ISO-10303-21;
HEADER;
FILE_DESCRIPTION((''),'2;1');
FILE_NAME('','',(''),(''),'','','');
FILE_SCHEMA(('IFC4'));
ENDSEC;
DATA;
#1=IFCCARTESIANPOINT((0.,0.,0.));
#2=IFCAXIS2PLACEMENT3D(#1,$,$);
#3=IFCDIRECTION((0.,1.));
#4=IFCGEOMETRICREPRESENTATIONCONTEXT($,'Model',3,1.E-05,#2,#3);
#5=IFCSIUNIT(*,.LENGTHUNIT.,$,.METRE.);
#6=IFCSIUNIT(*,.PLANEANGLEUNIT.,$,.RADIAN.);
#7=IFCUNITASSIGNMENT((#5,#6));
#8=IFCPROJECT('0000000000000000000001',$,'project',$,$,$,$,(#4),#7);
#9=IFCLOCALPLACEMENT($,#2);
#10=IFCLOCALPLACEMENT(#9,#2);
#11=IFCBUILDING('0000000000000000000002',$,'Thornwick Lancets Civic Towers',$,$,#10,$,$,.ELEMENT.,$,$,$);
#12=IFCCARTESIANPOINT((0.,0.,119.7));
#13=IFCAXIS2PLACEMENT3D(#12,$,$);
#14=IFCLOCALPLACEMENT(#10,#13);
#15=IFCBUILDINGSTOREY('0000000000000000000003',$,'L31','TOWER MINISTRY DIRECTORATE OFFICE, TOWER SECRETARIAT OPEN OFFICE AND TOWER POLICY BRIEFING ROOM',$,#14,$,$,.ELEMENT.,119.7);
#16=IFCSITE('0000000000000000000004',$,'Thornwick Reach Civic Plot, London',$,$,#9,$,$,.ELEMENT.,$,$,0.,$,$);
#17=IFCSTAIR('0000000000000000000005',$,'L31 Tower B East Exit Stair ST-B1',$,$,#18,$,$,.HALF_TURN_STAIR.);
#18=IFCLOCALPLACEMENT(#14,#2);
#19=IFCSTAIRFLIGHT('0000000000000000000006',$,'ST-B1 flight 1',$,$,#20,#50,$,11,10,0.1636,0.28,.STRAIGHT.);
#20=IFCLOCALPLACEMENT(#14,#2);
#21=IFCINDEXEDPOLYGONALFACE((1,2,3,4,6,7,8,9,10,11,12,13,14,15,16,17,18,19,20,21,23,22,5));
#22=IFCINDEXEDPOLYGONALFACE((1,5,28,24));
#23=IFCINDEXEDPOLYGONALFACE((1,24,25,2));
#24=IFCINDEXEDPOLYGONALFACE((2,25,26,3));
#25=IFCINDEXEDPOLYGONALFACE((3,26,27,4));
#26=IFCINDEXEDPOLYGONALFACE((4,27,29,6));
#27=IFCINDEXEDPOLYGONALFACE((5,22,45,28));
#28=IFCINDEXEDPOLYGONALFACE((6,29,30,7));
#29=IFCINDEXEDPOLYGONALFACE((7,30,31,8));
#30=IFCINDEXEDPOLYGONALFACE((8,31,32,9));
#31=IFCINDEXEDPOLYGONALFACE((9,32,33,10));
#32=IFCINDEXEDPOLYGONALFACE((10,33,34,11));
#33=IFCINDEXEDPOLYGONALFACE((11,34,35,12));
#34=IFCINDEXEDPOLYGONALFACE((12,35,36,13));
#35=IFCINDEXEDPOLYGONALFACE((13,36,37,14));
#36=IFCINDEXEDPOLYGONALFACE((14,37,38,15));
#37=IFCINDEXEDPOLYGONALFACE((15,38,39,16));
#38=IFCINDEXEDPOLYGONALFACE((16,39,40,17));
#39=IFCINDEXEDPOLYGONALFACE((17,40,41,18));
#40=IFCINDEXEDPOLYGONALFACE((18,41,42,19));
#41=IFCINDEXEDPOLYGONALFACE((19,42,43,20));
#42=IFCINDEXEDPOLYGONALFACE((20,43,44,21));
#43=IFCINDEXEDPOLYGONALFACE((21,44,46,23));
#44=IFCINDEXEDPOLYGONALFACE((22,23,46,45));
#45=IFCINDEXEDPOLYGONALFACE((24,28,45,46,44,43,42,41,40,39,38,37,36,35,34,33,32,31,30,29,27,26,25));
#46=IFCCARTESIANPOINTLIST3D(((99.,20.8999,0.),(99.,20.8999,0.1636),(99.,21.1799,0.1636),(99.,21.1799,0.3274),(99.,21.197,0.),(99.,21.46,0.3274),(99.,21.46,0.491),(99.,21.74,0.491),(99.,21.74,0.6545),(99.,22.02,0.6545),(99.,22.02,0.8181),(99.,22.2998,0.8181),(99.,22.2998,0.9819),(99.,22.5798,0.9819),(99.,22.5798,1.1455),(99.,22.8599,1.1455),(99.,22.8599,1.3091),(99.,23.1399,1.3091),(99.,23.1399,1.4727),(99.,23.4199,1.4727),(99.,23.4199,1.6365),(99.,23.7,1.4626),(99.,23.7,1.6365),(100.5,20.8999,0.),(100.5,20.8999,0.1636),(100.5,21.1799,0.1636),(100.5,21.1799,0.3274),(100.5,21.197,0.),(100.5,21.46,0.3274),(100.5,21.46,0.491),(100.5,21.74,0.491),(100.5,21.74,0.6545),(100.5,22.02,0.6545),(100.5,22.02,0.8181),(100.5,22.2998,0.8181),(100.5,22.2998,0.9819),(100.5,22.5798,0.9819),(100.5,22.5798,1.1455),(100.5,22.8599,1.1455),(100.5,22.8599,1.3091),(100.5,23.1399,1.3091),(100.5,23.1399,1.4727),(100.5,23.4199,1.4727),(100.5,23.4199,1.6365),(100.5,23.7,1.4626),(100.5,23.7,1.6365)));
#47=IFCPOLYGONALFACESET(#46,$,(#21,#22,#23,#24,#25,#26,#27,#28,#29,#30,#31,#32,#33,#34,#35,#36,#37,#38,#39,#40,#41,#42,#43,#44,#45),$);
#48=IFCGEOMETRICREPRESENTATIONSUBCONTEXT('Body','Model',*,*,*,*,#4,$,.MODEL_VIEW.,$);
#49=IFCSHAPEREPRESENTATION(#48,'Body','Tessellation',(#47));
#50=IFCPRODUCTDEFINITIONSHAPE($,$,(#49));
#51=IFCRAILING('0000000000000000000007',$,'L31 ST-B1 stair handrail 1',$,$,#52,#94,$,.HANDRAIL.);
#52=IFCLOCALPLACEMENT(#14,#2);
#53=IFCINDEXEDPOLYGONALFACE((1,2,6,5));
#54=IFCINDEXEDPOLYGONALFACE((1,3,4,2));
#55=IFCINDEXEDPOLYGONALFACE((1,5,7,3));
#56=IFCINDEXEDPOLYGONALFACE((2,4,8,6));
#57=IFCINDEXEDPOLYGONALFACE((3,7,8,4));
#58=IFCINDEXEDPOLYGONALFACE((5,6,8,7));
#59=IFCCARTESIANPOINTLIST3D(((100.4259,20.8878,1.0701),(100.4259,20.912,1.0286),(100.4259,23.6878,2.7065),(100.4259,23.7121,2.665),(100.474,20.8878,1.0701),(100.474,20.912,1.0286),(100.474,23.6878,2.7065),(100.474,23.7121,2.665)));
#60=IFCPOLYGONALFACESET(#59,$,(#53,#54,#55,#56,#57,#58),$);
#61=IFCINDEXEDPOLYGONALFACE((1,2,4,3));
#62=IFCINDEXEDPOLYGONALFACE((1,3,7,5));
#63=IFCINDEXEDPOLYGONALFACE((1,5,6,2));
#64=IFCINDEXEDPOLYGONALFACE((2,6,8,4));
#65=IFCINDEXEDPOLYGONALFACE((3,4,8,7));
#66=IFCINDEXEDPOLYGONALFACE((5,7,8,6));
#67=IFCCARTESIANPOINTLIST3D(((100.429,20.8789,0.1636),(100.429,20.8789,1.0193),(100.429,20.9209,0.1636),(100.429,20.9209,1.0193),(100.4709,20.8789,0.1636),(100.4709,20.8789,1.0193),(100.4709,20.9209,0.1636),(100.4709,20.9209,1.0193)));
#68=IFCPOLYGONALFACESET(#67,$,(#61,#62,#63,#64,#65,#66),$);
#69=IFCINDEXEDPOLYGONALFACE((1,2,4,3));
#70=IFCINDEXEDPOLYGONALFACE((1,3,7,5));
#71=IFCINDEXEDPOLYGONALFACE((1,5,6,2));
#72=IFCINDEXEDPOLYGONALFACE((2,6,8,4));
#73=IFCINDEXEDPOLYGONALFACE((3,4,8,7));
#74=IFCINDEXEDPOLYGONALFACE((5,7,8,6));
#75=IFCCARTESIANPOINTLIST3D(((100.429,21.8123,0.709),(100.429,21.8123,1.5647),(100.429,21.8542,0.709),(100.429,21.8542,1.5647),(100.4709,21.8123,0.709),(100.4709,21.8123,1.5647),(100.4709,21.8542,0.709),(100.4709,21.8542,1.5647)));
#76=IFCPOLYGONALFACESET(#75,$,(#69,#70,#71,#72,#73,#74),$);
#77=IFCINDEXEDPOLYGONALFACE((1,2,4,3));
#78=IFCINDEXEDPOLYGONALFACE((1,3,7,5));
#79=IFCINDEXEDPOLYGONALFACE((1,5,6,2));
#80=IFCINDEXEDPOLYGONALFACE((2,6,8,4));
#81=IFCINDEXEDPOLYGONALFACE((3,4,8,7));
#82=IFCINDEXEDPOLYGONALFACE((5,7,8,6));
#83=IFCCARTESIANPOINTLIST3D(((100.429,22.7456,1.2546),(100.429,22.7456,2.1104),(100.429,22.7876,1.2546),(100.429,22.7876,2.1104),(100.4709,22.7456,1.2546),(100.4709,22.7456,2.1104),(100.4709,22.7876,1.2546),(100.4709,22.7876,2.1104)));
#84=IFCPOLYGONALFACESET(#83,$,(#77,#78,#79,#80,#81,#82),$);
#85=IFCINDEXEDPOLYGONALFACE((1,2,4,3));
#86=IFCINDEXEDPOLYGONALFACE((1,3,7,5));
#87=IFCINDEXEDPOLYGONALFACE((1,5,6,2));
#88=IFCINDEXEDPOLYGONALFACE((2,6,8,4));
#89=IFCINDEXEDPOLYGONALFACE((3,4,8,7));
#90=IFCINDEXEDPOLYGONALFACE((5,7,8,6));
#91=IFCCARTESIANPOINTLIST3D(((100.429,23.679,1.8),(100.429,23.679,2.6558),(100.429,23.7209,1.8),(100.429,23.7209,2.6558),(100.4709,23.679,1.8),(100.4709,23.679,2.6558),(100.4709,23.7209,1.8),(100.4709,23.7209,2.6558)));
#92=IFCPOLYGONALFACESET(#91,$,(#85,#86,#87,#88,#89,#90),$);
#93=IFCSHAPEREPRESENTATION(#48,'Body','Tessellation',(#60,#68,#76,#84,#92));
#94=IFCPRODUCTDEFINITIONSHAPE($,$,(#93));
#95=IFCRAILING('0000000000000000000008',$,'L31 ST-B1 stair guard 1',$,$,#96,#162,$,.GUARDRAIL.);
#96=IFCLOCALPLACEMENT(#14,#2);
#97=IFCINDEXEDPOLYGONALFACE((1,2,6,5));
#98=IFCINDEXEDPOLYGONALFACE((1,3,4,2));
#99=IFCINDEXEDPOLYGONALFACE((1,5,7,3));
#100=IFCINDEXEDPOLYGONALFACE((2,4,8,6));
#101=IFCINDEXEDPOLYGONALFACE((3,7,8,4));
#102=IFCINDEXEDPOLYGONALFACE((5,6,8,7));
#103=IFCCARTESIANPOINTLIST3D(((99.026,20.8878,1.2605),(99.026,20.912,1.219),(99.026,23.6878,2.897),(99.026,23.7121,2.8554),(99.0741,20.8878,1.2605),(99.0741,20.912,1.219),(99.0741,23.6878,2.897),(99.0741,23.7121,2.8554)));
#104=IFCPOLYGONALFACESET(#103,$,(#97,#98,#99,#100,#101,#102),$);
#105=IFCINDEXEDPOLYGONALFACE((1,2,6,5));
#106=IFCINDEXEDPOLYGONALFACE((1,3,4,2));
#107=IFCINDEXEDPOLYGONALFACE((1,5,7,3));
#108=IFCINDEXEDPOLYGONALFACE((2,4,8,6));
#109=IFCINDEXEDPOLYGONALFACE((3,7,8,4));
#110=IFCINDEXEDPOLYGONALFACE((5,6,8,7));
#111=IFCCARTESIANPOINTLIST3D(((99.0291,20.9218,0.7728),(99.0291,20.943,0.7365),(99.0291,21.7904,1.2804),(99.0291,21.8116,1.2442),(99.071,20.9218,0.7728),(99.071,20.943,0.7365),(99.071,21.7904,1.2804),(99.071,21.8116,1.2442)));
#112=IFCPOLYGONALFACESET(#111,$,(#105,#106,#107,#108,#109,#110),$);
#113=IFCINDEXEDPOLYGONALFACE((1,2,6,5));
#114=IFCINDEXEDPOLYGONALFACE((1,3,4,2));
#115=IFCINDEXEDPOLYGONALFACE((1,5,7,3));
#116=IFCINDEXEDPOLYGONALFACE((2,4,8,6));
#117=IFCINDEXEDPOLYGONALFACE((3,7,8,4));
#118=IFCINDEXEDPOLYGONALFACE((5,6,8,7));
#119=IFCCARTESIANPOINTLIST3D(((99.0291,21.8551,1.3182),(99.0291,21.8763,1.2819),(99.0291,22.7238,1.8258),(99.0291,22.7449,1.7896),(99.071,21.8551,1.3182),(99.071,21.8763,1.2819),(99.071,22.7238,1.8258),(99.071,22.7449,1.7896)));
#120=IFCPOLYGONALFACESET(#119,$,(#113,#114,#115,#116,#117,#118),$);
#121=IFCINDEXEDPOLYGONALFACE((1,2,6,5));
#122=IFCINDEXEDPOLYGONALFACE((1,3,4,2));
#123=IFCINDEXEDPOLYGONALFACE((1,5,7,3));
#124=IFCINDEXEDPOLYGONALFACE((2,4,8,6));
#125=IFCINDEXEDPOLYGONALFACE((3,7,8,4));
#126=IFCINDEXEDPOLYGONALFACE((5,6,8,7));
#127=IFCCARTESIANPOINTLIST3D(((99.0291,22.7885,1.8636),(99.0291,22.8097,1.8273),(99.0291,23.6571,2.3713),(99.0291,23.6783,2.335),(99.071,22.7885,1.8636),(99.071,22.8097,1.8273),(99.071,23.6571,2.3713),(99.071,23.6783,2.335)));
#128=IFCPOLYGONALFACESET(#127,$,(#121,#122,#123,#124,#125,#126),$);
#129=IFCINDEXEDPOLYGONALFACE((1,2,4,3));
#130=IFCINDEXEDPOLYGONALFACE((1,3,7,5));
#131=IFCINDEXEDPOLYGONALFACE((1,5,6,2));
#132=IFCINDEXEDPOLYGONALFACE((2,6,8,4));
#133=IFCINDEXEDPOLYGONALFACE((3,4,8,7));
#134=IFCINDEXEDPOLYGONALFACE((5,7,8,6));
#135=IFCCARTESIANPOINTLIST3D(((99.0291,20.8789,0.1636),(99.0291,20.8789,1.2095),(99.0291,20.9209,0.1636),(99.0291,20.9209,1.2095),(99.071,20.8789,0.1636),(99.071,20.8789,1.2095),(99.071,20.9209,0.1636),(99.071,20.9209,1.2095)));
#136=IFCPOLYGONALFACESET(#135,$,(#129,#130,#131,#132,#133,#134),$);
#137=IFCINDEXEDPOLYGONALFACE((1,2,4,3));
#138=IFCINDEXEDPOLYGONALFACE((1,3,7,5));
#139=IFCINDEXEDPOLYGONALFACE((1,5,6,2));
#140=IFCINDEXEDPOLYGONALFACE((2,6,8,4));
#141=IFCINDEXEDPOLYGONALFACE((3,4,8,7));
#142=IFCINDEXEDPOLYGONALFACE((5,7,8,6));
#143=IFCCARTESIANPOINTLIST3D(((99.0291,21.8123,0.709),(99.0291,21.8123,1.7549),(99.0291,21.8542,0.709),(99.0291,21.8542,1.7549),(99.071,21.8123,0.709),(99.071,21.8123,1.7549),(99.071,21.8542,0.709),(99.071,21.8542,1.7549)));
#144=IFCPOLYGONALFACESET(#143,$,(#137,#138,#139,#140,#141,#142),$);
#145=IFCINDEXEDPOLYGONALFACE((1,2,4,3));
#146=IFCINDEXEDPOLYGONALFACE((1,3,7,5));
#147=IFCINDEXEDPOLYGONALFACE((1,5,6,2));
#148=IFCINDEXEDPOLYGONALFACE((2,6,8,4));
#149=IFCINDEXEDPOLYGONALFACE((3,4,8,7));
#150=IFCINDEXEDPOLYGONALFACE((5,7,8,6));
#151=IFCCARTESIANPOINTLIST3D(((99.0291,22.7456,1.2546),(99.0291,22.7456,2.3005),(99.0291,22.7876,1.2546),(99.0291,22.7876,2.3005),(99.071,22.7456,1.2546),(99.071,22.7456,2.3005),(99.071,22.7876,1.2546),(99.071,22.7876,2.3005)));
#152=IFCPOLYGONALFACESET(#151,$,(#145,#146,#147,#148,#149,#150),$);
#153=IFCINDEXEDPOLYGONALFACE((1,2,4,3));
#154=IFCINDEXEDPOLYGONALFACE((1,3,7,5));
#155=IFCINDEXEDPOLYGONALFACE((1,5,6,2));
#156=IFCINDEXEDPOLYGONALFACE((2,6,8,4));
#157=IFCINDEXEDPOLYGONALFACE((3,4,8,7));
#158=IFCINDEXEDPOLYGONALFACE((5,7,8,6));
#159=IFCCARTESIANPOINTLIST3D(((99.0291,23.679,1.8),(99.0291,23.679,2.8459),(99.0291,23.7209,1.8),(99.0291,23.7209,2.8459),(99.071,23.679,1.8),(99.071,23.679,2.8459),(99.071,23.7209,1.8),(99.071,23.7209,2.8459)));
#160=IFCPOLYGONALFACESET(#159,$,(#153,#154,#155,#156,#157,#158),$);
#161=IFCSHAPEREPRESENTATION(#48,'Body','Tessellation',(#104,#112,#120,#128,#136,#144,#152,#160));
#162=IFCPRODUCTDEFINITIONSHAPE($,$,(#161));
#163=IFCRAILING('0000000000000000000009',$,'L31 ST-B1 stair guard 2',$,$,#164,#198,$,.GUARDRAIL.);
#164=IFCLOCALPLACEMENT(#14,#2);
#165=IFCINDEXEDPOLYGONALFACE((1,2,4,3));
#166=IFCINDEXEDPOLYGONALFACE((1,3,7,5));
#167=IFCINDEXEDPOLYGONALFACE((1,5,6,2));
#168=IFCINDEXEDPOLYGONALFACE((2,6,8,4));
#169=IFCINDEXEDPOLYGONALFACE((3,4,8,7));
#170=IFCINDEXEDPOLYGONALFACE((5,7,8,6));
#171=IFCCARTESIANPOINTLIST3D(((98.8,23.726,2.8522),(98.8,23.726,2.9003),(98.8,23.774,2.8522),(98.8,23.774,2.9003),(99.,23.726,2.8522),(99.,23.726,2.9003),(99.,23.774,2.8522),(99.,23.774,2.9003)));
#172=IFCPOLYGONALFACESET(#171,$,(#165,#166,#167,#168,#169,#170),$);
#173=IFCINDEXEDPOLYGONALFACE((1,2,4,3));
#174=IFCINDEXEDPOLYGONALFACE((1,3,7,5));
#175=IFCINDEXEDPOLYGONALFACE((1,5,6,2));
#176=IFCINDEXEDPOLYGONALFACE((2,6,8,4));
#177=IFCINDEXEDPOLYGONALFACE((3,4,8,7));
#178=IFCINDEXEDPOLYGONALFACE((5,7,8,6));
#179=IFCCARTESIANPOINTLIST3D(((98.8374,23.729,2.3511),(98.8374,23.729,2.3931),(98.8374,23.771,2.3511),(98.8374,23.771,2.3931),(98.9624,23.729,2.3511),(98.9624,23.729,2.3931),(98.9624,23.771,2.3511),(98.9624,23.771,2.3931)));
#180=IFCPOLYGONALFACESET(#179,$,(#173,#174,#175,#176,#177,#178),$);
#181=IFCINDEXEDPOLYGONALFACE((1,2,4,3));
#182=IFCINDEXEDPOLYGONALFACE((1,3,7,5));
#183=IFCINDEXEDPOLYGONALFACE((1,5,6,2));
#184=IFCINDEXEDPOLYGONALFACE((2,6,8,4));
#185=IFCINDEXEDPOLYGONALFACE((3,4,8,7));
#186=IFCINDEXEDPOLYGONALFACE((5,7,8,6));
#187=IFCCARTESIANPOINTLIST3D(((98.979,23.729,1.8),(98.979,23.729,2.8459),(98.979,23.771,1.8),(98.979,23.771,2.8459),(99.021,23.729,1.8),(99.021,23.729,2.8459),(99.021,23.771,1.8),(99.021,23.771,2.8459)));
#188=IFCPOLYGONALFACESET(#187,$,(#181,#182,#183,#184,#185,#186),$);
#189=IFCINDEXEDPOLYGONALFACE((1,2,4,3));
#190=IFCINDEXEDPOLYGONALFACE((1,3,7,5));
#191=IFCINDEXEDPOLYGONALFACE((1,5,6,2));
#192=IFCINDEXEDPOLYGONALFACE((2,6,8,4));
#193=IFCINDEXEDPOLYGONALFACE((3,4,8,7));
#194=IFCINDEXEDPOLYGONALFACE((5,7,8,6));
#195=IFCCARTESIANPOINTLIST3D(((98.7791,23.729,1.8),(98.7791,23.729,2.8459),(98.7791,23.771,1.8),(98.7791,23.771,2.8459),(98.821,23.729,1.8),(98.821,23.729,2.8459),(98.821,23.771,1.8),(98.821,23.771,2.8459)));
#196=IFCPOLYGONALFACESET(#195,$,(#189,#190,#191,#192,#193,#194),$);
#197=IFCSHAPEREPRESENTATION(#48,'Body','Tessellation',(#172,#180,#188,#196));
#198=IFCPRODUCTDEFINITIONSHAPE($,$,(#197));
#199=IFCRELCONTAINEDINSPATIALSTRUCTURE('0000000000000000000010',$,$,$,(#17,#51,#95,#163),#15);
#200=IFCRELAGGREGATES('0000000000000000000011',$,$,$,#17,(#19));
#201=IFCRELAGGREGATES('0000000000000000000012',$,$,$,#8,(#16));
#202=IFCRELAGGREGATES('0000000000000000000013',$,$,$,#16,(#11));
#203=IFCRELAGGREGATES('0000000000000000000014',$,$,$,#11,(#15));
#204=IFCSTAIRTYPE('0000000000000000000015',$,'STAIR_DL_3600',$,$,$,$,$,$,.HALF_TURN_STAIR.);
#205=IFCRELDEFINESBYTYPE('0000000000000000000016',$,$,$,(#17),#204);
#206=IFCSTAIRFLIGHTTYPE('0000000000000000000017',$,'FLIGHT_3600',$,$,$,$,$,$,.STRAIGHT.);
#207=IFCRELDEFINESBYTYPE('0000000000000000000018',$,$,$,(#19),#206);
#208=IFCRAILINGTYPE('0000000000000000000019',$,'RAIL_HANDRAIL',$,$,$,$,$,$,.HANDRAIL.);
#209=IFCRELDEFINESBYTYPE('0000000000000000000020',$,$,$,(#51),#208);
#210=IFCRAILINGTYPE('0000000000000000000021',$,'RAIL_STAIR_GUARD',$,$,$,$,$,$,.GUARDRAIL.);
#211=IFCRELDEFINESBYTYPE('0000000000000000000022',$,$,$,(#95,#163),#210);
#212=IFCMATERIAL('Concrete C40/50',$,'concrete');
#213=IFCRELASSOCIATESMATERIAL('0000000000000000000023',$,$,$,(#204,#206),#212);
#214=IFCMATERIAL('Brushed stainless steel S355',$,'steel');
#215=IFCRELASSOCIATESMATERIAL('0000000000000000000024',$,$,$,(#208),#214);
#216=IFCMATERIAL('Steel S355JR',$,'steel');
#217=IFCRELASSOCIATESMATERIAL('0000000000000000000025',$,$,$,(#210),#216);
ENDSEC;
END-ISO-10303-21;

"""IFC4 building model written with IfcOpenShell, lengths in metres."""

from ifc_helpers import new_model, si_unit, direction, frame, origin, origin_2d, place, context, subcontext, project, spatial, polyline, rectangle, outline, extrude, material, type_object, element, aggregate, save


model = new_model("IFC4")

# Units and contexts
model_context = context("Model", 3, precision=1e-05, world=origin(), true_north=direction((0.0, 1.0)))
body_context = subcontext(model_context, "Body", "Model", "MODEL_VIEW")
ifc_project = project(units=[si_unit("LENGTHUNIT", "METRE"), si_unit("PLANEANGLEUNIT", "RADIAN")], contexts=[model_context])

# Site, building, storey
site_placement = place(None, origin())
site = spatial("IfcSite", under=ifc_project, at=site_placement, Name="Thornwick Reach Civic Plot, London", CompositionType="ELEMENT", RefElevation=0.0)
building_placement = place(site_placement, origin())
building = spatial("IfcBuilding", under=site, at=building_placement, Name="Thornwick Lancets Civic Towers", CompositionType="ELEMENT")
storey_placement = place(building_placement, frame((0.0, 0.0, 119.7)))
storey = spatial("IfcBuildingStorey", under=building, at=storey_placement, Name="L31", Description="TOWER MINISTRY DIRECTORATE OFFICE, TOWER SECRETARIAT OPEN OFFICE AND TOWER POLICY BRIEFING ROOM", CompositionType="ELEMENT", Elevation=119.7)

# Shared definitions
ifc_material_1 = material(Name="Steel S355JR", Category="steel")
ifc_material_2 = material(Name="Concrete C40/50", Category="concrete")

# Stair, stair flight
stair_type = type_object("IfcStairType", Name="STAIR_DL_3600", PredefinedType="HALF_TURN_STAIR", material=ifc_material_2)
stair_placement = place(storey_placement, origin())
stair = element("IfcStair", 1, at=stair_placement, inside=storey, type_object=stair_type, Name="L31 Tower B East Exit Stair ST-B1", PredefinedType="HALF_TURN_STAIR")
stair_flight_type = type_object("IfcStairFlightType", Name="FLIGHT_3600", PredefinedType="STRAIGHT", material=ifc_material_2)
stair_flight_placement = place(storey_placement, frame((99.75, 20.8999, 0.0), z_axis=(0.0, 0.0, 1.0), x_axis=(0.0, 1.0, 0.0)))
stair_flight = element("IfcStairFlight", 2, at=stair_flight_placement, type_object=stair_flight_type, Name="ST-B1 flight 1", NumberOfRisers=11, NumberOfTreads=10, PredefinedType="STRAIGHT", RiserHeight=0.1636, TreadLength=0.28, context=body_context, shape_type="SweptSolid", body=[
    extrude(outline(polyline([(0.0, 0.0), (0.0, 0.1636), (0.28, 0.1636), (0.28, 0.3274), (0.5601, 0.3274), (0.5601, 0.491), (0.8401, 0.491), (0.8401, 0.6545), (1.1201, 0.6545), (1.1201, 0.8181), (1.3999, 0.8181), (1.3999, 0.9819), (1.6799, 0.9819), (1.6799, 1.1455), (1.96, 1.1455), (1.96, 1.3091), (2.24, 1.3091), (2.24, 1.4727), (2.52, 1.4727), (2.52, 1.6365), (2.8, 1.6365), (2.8, 1.8), (2.8, 1.4626), (0.2971, 0.0), (0.0, 0.0)])), frame((0.0, 0.75, 0.0), z_axis=(0.0, -1.0, 0.0), x_axis=(1.0, 0.0, 0.0)), (0.0, 0.0, 1.0), 1.5),
])
aggregate(stair, [stair_flight])

# Railings
ifc_material_3 = material(Name="Brushed stainless steel S355", Category="steel")
railing_type_1 = type_object("IfcRailingType", Name="RAIL_HANDRAIL", PredefinedType="HANDRAIL", material=ifc_material_3)
railing_1_placement = place(storey_placement, frame((100.45, 20.8999, 0.1636)))
element("IfcRailing", 3, at=railing_1_placement, inside=storey, type_object=railing_type_1, Name="L31 ST-B1 stair handrail 1", PredefinedType="HANDRAIL", context=body_context, shape_type="SweptSolid", body=[
    extrude(rectangle(XDim=0.0481, YDim=0.0481, at=origin_2d()), frame((0.0, 0.0, 0.8857), z_axis=(0.0, 0.863361, 0.504587), x_axis=(-1.0, 0.0, 0.0)), (0.0, 0.0, 1.0), 3.2432),
    extrude(rectangle(XDim=0.042, YDim=0.042, at=origin_2d()), origin(), (0.0, 0.0, 1.0), 0.8557),
    extrude(rectangle(XDim=0.042, YDim=0.042, at=origin_2d()), frame((0.0, 0.9333, 0.5454)), (0.0, 0.0, 1.0), 0.8557),
    extrude(rectangle(XDim=0.042, YDim=0.042, at=origin_2d()), frame((0.0, 1.8667, 1.0911)), (0.0, 0.0, 1.0), 0.8557),
    extrude(rectangle(XDim=0.042, YDim=0.042, at=origin_2d()), frame((0.0, 2.8, 1.6365)), (0.0, 0.0, 1.0), 0.8557),
])
railing_type_2 = type_object("IfcRailingType", Name="RAIL_STAIR_GUARD", PredefinedType="GUARDRAIL", material=ifc_material_1)
railing_2_placement = place(storey_placement, frame((99.05, 20.8999, 0.1636)))
element("IfcRailing", 4, at=railing_2_placement, inside=storey, type_object=railing_type_2, Name="L31 ST-B1 stair guard 1", PredefinedType="GUARDRAIL", context=body_context, shape_type="SweptSolid", body=[
    extrude(rectangle(XDim=0.0481, YDim=0.0481, at=origin_2d()), frame((0.0, 0.0, 1.0762), z_axis=(0.0, 0.863361, 0.504587), x_axis=(-1.0, 0.0, 0.0)), (0.0, 0.0, 1.0), 3.2432),
    extrude(rectangle(XDim=0.042, YDim=0.042, at=origin_2d()), frame((0.0, 0.0325, 0.5911), z_axis=(0.0, 0.863361, 0.504587), x_axis=(-1.0, 0.0, 0.0)), (0.0, 0.0, 1.0), 1.0061),
    extrude(rectangle(XDim=0.042, YDim=0.042, at=origin_2d()), frame((0.0, 0.9658, 1.1365), z_axis=(0.0, 0.863361, 0.504587), x_axis=(-1.0, 0.0, 0.0)), (0.0, 0.0, 1.0), 1.0061),
    extrude(rectangle(XDim=0.042, YDim=0.042, at=origin_2d()), frame((0.0, 1.8992, 1.6819), z_axis=(0.0, 0.863361, 0.504587), x_axis=(-1.0, 0.0, 0.0)), (0.0, 0.0, 1.0), 1.0061),
    extrude(rectangle(XDim=0.042, YDim=0.042, at=origin_2d()), origin(), (0.0, 0.0, 1.0), 1.0459),
    extrude(rectangle(XDim=0.042, YDim=0.042, at=origin_2d()), frame((0.0, 0.9333, 0.5454)), (0.0, 0.0, 1.0), 1.0459),
    extrude(rectangle(XDim=0.042, YDim=0.042, at=origin_2d()), frame((0.0, 1.8667, 1.0911)), (0.0, 0.0, 1.0), 1.0459),
    extrude(rectangle(XDim=0.042, YDim=0.042, at=origin_2d()), frame((0.0, 2.8, 1.6365)), (0.0, 0.0, 1.0), 1.0459),
])
for number, where, name in (
    (5, (99.0, 23.75, 1.8), "L31 ST-B1 stair guard 2"),
):
    element("IfcRailing", number, at=place(storey_placement, frame(where)), inside=storey, type_object=railing_type_2, Name=name, PredefinedType="GUARDRAIL", context=body_context, shape_type="SweptSolid", body=[
        extrude(rectangle(XDim=0.0481, YDim=0.0481, at=origin_2d()), frame((0.0, 0.0, 1.0762), z_axis=(-1.0, 0.0, 0.0), x_axis=(0.0, -1.0, 0.0)), (0.0, 0.0, 1.0), 0.2),
        extrude(rectangle(XDim=0.042, YDim=0.042, at=origin_2d()), frame((-0.0376, 0.0, 0.572), z_axis=(-1.0, 0.0, 0.0), x_axis=(0.0, -1.0, 0.0)), (0.0, 0.0, 1.0), 0.125),
        extrude(rectangle(XDim=0.042, YDim=0.042, at=origin_2d()), origin(), (0.0, 0.0, 1.0), 1.0459),
        extrude(rectangle(XDim=0.042, YDim=0.042, at=origin_2d()), frame((-0.2, 0.0, 0.0)), (0.0, 0.0, 1.0), 1.0459),
    ])

save(model, "model.ifc")
